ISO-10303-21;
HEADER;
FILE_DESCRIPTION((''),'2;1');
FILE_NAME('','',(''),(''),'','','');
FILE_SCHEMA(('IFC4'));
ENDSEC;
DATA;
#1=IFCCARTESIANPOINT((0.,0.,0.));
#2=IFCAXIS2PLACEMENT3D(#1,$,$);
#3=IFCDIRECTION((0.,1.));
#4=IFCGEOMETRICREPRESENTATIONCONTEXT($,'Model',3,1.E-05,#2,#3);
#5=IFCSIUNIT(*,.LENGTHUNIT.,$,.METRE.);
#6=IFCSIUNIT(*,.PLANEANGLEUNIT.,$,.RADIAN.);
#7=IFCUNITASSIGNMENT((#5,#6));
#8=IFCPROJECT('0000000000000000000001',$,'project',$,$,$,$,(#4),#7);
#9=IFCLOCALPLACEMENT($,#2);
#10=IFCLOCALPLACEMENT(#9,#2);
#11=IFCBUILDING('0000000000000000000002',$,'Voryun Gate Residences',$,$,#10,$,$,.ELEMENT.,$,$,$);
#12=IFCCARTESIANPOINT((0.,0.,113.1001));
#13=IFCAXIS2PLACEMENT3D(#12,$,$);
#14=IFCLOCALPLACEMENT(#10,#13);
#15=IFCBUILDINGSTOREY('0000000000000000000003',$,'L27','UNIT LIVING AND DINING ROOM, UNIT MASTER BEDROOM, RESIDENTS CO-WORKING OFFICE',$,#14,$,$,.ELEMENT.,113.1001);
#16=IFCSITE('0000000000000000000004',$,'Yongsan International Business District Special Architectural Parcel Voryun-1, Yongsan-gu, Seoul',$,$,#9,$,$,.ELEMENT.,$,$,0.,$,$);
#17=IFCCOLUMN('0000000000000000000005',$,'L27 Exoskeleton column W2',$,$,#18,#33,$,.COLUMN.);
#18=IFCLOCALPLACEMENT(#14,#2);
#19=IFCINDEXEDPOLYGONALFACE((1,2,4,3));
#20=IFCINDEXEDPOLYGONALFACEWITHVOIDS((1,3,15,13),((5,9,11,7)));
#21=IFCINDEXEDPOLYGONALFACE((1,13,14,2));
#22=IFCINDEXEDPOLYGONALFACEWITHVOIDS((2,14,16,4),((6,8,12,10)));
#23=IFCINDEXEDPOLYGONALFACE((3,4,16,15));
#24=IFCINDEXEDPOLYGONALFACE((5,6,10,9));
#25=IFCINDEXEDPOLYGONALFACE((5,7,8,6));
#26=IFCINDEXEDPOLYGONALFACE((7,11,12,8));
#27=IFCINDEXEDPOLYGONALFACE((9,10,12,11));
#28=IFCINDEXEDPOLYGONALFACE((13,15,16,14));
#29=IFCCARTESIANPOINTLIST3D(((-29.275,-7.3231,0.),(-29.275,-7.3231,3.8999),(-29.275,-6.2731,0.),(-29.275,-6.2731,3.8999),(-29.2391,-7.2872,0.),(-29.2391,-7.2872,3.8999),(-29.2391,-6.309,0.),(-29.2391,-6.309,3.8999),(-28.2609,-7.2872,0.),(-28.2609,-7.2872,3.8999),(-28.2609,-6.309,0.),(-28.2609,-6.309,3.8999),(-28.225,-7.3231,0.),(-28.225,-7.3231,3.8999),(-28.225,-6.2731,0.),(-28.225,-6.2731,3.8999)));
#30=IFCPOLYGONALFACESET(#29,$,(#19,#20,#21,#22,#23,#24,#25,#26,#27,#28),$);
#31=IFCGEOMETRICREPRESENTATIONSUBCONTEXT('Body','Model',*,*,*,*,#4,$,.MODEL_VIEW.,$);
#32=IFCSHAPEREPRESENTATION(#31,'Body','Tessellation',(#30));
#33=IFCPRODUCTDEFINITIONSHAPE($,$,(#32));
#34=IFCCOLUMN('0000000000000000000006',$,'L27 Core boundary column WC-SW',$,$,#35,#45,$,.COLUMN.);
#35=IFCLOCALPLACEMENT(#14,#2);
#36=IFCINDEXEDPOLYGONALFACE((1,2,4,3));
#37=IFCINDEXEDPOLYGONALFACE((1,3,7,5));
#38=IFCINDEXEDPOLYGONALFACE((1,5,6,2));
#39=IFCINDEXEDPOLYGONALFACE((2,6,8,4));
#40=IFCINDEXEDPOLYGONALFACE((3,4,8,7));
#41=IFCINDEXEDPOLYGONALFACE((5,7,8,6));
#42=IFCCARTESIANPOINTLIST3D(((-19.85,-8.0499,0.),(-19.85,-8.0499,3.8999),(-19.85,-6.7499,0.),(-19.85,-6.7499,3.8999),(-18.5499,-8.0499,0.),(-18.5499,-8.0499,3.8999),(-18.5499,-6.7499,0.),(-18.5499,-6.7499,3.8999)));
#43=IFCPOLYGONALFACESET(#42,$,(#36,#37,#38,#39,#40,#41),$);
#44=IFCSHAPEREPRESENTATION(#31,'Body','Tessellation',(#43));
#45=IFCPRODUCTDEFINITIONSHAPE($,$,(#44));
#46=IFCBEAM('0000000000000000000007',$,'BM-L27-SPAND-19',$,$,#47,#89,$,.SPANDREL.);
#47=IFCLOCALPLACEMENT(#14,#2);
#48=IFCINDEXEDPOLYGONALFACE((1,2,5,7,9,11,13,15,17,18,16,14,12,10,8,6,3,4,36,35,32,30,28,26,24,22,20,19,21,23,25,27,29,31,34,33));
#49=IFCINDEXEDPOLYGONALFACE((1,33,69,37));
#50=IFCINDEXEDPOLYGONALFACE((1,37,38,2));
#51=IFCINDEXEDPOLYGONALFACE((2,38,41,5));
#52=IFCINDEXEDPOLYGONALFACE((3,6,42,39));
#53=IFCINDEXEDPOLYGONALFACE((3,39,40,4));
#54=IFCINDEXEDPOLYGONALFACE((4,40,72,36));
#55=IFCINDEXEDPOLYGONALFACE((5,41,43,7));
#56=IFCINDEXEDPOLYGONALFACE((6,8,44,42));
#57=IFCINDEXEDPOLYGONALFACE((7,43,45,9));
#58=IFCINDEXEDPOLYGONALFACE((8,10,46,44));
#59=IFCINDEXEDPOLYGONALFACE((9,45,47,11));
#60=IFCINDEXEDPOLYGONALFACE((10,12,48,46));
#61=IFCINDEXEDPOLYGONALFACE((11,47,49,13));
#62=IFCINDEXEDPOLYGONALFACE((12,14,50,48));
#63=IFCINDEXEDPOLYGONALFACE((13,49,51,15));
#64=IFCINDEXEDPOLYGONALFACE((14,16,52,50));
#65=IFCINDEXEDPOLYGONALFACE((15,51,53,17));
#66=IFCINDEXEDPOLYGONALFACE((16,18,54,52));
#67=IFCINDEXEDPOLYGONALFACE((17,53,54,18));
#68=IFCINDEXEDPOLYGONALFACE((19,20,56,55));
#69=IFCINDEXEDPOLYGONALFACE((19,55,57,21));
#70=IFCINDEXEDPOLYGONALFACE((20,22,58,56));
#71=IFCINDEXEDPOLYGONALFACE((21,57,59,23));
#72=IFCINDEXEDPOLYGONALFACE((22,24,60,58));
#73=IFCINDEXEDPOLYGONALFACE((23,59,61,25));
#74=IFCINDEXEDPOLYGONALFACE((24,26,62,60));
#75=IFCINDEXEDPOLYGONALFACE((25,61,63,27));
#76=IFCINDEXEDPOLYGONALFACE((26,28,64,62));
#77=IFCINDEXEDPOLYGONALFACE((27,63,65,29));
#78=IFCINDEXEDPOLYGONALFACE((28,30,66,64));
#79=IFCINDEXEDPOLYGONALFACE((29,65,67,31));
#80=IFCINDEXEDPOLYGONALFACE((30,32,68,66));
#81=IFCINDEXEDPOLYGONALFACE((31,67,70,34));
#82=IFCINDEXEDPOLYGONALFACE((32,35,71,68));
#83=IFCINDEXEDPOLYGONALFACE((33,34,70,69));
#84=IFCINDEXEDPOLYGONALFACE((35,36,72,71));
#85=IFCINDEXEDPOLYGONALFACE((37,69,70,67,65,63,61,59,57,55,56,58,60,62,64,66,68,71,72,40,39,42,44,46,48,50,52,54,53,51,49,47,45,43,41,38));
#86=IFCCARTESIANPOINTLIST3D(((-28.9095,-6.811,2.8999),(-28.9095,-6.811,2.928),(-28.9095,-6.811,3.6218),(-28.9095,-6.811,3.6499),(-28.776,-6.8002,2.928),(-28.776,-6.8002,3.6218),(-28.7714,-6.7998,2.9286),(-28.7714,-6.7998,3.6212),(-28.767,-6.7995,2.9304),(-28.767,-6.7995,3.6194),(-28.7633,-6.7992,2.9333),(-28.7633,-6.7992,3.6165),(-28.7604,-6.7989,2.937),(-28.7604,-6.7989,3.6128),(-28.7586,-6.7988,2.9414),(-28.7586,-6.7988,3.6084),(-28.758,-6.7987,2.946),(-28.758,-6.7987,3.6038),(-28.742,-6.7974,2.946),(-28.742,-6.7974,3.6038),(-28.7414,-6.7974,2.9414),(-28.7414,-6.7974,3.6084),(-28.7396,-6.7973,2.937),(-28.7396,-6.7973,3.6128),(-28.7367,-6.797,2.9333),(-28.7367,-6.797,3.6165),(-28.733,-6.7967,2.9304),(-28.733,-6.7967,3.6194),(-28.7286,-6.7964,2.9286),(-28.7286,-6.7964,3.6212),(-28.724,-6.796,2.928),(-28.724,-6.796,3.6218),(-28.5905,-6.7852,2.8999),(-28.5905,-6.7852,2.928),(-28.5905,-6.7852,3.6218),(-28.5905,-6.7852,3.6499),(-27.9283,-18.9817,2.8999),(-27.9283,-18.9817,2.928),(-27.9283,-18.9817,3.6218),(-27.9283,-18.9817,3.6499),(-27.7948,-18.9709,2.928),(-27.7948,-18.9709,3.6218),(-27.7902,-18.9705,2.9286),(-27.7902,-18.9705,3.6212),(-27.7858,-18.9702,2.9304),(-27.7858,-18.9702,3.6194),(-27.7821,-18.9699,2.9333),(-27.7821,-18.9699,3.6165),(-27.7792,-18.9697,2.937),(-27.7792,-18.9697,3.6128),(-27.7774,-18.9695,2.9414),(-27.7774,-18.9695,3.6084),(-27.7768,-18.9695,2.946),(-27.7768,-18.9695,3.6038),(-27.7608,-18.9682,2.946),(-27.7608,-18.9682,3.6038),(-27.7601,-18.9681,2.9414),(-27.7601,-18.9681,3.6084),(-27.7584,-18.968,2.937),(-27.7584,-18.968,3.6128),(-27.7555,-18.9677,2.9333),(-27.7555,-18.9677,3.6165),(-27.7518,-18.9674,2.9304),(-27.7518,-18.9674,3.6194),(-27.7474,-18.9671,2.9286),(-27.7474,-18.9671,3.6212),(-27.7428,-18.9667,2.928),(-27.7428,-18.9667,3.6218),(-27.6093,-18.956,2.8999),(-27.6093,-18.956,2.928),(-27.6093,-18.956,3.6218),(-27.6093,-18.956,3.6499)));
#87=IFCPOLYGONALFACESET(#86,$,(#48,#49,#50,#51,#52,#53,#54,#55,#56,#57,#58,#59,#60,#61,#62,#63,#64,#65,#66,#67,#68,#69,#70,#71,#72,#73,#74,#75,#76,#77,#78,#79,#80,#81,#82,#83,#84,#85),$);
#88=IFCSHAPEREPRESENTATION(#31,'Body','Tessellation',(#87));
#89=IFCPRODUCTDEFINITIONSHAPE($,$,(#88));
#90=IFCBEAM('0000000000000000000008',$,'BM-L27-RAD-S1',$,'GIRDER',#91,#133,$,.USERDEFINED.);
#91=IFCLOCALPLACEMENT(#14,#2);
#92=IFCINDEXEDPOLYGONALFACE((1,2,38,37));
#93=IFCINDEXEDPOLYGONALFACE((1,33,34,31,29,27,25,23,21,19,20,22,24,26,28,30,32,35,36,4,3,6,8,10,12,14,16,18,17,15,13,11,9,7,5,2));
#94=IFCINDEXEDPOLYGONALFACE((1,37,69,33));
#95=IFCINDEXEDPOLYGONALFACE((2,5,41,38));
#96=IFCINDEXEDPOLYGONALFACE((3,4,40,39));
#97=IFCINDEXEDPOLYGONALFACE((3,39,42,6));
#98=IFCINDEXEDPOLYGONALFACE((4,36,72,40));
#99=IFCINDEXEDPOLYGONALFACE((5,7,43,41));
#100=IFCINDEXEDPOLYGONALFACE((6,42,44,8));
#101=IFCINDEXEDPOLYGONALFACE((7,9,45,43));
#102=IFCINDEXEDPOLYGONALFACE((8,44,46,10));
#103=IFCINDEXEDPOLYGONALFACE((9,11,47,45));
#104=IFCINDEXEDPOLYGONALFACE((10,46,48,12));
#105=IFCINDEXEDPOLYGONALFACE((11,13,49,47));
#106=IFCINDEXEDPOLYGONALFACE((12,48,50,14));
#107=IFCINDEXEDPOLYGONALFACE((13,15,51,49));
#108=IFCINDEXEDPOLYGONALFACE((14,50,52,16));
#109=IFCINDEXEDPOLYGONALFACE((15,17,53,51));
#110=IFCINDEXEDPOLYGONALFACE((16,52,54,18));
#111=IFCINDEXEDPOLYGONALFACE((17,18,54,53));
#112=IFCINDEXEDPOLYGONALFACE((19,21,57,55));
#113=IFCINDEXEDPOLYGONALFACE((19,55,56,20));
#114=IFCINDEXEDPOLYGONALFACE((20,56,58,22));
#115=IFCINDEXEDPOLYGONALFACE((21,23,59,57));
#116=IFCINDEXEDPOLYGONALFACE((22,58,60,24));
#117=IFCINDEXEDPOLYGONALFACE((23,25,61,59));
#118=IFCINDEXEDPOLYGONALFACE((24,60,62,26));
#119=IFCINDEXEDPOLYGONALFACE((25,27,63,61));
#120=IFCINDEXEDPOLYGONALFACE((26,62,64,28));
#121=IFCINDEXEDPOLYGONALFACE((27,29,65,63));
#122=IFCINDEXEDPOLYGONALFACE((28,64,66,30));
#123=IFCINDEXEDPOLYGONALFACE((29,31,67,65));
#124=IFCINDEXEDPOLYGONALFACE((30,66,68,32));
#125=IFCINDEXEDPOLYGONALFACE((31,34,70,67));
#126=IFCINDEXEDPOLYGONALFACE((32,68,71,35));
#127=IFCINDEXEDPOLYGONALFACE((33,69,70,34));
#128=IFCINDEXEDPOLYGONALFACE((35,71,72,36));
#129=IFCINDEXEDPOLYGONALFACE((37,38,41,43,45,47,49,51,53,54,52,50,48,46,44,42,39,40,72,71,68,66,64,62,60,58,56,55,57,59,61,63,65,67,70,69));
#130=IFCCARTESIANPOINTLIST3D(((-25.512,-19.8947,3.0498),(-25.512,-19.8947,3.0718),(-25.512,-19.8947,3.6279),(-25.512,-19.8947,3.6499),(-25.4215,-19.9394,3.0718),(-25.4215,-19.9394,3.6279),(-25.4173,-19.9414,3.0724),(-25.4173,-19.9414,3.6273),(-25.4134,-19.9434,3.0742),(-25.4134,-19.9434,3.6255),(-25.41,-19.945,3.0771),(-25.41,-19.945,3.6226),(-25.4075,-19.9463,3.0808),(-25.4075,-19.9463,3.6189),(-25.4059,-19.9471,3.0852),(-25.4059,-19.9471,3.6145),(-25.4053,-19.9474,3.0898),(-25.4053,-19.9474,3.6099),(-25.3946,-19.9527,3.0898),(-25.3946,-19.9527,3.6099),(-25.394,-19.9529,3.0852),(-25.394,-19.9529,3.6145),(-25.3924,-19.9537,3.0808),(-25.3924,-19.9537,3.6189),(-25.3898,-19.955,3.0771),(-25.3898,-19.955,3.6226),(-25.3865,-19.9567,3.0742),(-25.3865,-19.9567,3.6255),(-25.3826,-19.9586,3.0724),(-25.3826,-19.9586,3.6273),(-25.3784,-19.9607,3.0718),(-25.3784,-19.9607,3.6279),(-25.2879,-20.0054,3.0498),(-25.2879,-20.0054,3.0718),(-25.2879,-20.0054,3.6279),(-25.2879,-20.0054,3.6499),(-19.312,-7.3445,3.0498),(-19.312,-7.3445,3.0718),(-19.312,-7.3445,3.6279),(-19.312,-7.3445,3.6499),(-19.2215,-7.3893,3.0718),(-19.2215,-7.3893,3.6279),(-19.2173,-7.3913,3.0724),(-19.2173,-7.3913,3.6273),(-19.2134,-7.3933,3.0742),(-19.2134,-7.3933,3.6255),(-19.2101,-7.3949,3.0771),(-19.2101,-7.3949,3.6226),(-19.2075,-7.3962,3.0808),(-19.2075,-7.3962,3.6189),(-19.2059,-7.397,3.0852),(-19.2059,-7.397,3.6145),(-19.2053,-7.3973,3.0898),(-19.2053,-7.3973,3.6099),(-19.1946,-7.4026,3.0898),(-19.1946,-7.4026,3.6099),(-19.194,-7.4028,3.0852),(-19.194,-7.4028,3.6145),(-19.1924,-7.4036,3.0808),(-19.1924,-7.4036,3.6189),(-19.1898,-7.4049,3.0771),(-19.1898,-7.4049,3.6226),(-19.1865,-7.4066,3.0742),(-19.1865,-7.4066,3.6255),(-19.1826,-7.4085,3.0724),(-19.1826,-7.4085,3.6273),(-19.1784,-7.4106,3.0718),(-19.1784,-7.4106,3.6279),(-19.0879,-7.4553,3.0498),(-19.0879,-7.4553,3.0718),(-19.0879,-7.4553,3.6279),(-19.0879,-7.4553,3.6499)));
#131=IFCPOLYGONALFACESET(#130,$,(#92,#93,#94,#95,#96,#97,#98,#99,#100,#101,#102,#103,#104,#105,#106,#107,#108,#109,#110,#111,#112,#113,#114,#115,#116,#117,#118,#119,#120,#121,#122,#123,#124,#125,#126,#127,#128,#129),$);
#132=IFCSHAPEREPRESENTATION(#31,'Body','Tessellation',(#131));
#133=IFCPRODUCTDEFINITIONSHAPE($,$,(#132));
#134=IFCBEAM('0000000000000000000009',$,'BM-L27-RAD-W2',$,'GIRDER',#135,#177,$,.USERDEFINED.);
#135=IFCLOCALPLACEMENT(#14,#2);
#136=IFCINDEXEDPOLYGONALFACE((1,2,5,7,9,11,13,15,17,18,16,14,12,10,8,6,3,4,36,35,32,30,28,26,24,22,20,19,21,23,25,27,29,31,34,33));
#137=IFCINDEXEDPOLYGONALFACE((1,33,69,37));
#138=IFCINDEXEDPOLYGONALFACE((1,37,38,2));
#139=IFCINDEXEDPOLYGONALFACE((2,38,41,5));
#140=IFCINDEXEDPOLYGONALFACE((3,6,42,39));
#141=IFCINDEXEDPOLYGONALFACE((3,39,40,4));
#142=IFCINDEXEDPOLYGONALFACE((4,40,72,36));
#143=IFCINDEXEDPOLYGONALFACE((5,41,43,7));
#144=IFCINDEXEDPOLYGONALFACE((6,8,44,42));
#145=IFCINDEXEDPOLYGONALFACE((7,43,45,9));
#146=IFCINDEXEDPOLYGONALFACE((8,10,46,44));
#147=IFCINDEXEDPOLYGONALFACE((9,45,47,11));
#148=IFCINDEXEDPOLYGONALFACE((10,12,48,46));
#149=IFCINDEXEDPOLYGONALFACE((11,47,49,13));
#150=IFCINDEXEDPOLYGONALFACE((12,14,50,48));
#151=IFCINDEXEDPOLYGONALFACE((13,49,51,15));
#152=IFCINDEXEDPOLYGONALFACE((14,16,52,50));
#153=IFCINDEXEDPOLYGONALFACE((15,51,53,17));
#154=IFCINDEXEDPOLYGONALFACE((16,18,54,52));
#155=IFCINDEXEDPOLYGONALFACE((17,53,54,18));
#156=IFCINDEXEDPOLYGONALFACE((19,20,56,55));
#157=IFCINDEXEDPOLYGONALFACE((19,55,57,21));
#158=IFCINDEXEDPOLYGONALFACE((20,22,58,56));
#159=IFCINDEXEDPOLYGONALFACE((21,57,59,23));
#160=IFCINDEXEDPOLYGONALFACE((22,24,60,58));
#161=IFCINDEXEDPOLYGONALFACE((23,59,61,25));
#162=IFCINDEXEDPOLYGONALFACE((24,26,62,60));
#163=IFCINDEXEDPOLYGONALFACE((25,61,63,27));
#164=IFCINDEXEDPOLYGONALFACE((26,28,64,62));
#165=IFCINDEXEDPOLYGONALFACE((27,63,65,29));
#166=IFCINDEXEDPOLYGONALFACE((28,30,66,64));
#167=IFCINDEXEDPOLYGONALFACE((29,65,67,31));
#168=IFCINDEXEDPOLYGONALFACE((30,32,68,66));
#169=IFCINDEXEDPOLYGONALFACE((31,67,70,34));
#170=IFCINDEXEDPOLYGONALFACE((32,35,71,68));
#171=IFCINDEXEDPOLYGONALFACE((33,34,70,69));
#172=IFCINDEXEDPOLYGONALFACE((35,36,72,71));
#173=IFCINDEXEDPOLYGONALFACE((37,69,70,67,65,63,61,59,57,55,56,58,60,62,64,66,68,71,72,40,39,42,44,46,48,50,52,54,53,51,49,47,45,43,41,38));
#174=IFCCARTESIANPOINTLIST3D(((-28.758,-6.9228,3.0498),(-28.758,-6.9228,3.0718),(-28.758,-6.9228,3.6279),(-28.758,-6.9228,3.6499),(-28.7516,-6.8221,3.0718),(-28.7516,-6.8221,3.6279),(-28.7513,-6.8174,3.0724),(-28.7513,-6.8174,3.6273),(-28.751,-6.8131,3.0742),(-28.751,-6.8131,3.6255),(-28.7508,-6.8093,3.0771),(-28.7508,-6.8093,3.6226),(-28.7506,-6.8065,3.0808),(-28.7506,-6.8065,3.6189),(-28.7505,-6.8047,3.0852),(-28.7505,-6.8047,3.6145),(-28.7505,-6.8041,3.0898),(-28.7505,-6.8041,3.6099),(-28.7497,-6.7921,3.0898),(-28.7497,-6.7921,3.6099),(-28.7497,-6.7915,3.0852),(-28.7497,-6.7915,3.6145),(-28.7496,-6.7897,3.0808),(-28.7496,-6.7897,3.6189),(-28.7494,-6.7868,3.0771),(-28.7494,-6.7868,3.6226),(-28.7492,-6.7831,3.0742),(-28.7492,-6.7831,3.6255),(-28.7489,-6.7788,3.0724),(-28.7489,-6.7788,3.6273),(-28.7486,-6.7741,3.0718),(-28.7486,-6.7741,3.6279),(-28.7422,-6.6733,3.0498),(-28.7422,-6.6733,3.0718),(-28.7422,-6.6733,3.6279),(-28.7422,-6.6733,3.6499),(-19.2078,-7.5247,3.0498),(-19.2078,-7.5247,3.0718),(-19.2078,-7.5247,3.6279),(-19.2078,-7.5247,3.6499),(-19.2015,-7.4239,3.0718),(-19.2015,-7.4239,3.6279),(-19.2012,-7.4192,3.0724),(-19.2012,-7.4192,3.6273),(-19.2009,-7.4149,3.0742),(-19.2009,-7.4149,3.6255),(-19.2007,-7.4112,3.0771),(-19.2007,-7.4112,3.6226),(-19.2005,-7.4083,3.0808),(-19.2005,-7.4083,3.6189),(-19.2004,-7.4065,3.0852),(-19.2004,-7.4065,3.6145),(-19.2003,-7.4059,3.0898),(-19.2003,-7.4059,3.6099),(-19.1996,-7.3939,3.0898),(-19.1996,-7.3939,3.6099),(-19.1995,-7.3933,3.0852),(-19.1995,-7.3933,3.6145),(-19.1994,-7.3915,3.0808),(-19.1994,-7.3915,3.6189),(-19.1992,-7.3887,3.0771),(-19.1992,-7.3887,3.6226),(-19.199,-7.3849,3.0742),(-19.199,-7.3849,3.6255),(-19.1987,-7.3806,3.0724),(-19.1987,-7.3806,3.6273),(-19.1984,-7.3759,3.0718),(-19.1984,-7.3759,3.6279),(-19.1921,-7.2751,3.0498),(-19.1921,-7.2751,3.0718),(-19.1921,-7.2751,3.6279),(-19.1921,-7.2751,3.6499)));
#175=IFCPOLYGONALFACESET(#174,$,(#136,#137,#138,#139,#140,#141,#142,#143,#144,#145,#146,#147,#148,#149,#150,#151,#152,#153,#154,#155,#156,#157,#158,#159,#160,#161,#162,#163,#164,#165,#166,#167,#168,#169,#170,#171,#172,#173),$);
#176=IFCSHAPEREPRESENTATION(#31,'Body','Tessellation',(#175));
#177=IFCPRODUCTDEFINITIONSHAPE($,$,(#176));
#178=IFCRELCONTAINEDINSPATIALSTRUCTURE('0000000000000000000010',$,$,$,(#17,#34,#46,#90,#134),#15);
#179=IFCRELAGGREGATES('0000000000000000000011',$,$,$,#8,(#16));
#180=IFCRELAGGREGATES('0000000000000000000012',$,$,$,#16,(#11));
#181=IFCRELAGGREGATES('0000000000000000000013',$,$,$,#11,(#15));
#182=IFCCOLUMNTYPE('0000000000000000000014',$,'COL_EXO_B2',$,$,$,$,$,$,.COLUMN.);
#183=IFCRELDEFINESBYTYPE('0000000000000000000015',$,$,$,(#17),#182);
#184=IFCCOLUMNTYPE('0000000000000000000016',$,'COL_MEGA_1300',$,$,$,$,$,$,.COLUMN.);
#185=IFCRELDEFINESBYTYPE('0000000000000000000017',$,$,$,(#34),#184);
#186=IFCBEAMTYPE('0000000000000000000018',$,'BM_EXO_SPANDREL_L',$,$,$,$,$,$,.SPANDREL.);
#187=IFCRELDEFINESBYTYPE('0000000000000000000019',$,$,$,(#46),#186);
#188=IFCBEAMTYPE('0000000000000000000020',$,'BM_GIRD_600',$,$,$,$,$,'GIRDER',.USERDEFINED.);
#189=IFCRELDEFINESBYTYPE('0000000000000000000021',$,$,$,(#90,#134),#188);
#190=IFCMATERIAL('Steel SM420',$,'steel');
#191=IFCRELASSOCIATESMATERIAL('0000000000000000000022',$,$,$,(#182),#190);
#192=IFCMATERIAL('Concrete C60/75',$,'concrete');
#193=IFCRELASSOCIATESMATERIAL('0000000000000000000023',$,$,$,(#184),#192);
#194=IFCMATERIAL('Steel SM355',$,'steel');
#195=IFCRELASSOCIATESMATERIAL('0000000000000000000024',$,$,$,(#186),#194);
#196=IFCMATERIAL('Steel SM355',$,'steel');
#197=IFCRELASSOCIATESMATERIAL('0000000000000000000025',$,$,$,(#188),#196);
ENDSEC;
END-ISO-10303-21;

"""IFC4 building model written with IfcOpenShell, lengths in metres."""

from ifc_helpers import new_model, si_unit, direction, frame, origin, origin_2d, place, context, subcontext, project, spatial, rectangle, hollow_rectangle, i_section, extrude, material, material_profile, profile_set, type_object, element, save


model = new_model("IFC4")

# Units and contexts
model_context = context("Model", 3, precision=1e-05, world=origin(), true_north=direction((0.0, 1.0)))
body_context = subcontext(model_context, "Body", "Model", "MODEL_VIEW")
ifc_project = project(units=[si_unit("LENGTHUNIT", "METRE"), si_unit("PLANEANGLEUNIT", "RADIAN")], contexts=[model_context])

# Site, building, storey
site_placement = place(None, origin())
site = spatial("IfcSite", under=ifc_project, at=site_placement, Name="Yongsan International Business District Special Architectural Parcel Voryun-1, Yongsan-gu, Seoul", CompositionType="ELEMENT", RefElevation=0.0)
building_placement = place(site_placement, origin())
building = spatial("IfcBuilding", under=site, at=building_placement, Name="Voryun Gate Residences", CompositionType="ELEMENT")
storey_placement = place(building_placement, frame((0.0, 0.0, 113.1001)))
storey = spatial("IfcBuildingStorey", under=building, at=storey_placement, Name="L27", Description="UNIT LIVING AND DINING ROOM, UNIT MASTER BEDROOM, RESIDENTS CO-WORKING OFFICE", CompositionType="ELEMENT", Elevation=113.1001)

# Columns
ifc_material_1 = material(Name="Steel SM420", Category="steel")
ifc_material_profile_1 = material_profile(ifc_material_1, hollow_rectangle(XDim=1.05, YDim=1.05, WallThickness=0.0359, at=origin_2d()), Name="BOX-1050x1050x36")
ifc_profile_set_1 = profile_set([ifc_material_profile_1], Name="Steel SM420")
column_type_1 = type_object("IfcColumnType", Name="COL_EXO_B2", PredefinedType="COLUMN", material=ifc_profile_set_1)
column_1_placement = place(storey_placement, frame((-28.75, -6.7981, 0.0), z_axis=(0.0, 0.0, 1.0), x_axis=(1.0, 0.0, 0.0)))
element("IfcColumn", 1, at=column_1_placement, inside=storey, type_object=column_type_1, Name="L27 Exoskeleton column W2", PredefinedType="COLUMN", context=body_context, shape_type="SweptSolid", body=[
    extrude(hollow_rectangle(XDim=1.05, YDim=1.05, WallThickness=0.0359, at=origin_2d()), origin(), (0.0, 0.0, 1.0), 3.8999),
])
ifc_material_2 = material(Name="Concrete C60/75", Category="concrete")
ifc_material_profile_2 = material_profile(ifc_material_2, rectangle(XDim=1.3, YDim=1.3, at=origin_2d()), Name="RC-1300x1300")
ifc_profile_set_2 = profile_set([ifc_material_profile_2], Name="Concrete C60/75")
column_type_2 = type_object("IfcColumnType", Name="COL_MEGA_1300", PredefinedType="COLUMN", material=ifc_profile_set_2)
column_2_placement = place(storey_placement, frame((-19.2, -7.3999, 0.0), z_axis=(0.0, 0.0, 1.0), x_axis=(1.0, 0.0, 0.0)))
element("IfcColumn", 2, at=column_2_placement, inside=storey, type_object=column_type_2, Name="L27 Core boundary column WC-SW", PredefinedType="COLUMN", context=body_context, shape_type="SweptSolid", body=[
    extrude(rectangle(XDim=1.3, YDim=1.3, at=origin_2d()), origin(), (0.0, 0.0, 1.0), 3.8999),
])

# Beams
ifc_material_3 = material(Name="Steel SM355", Category="steel")
ifc_material_profile_3 = material_profile(ifc_material_3, i_section(OverallWidth=0.3201, OverallDepth=0.75, WebThickness=0.0161, FlangeThickness=0.0281, FilletRadius=0.0181, at=origin_2d()), Name="H-750x320x16x28")
ifc_profile_set_3 = profile_set([ifc_material_profile_3], Name="Steel SM355")
beam_type_1 = type_object("IfcBeamType", Name="BM_EXO_SPANDREL_L", PredefinedType="SPANDREL", material=ifc_profile_set_3)
beam_1_placement = place(storey_placement, frame((-28.75, -6.7981, 3.2749), z_axis=(0.08036, -0.996766, 0.0), x_axis=(0.996766, 0.08036, 0.0)))
element("IfcBeam", 3, at=beam_1_placement, inside=storey, type_object=beam_type_1, Name="BM-L27-SPAND-19", PredefinedType="SPANDREL", context=body_context, shape_type="SweptSolid", body=[
    extrude(i_section(OverallWidth=0.3201, OverallDepth=0.75, WebThickness=0.0161, FlangeThickness=0.0281, FilletRadius=0.0181, at=origin_2d()), origin(), (0.0, 0.0, 1.0), 12.2102),
])
ifc_material_4 = material(Name="Steel SM355", Category="steel")
ifc_material_profile_4 = material_profile(ifc_material_4, i_section(OverallWidth=0.25, OverallDepth=0.6001, WebThickness=0.012, FlangeThickness=0.022, FilletRadius=0.0181, at=origin_2d()), Name="H-600x250x12x22")
ifc_profile_set_4 = profile_set([ifc_material_profile_4], Name="Steel SM355")
beam_type_2 = type_object("IfcBeamType", Name="BM_GIRD_600", ElementType="GIRDER", PredefinedType="USERDEFINED", material=ifc_profile_set_4)
beam_2_placement = place(storey_placement, frame((-19.2, -7.3999, 3.3499), z_axis=(-0.442918, -0.896562, 0.0), x_axis=(0.896562, -0.442918, 0.0)))
element("IfcBeam", 4, at=beam_2_placement, inside=storey, type_object=beam_type_2, Name="BM-L27-RAD-S1", ObjectType="GIRDER", PredefinedType="USERDEFINED", context=body_context, shape_type="SweptSolid", body=[
    extrude(i_section(OverallWidth=0.25, OverallDepth=0.6001, WebThickness=0.012, FlangeThickness=0.022, FilletRadius=0.0181, at=origin_2d()), origin(), (0.0, 0.0, 1.0), 13.998),
])
beam_3_placement = place(storey_placement, frame((-19.2, -7.3999, 3.3499), z_axis=(-0.99802, 0.062891, 0.0), x_axis=(-0.062891, -0.99802, 0.0)))
element("IfcBeam", 5, at=beam_3_placement, inside=storey, type_object=beam_type_2, Name="BM-L27-RAD-W2", ObjectType="GIRDER", PredefinedType="USERDEFINED", context=body_context, shape_type="SweptSolid", body=[
    extrude(i_section(OverallWidth=0.25, OverallDepth=0.6001, WebThickness=0.012, FlangeThickness=0.022, FilletRadius=0.0181, at=origin_2d()), origin(), (0.0, 0.0, 1.0), 9.5691),
])

save(model, "model.ifc")
